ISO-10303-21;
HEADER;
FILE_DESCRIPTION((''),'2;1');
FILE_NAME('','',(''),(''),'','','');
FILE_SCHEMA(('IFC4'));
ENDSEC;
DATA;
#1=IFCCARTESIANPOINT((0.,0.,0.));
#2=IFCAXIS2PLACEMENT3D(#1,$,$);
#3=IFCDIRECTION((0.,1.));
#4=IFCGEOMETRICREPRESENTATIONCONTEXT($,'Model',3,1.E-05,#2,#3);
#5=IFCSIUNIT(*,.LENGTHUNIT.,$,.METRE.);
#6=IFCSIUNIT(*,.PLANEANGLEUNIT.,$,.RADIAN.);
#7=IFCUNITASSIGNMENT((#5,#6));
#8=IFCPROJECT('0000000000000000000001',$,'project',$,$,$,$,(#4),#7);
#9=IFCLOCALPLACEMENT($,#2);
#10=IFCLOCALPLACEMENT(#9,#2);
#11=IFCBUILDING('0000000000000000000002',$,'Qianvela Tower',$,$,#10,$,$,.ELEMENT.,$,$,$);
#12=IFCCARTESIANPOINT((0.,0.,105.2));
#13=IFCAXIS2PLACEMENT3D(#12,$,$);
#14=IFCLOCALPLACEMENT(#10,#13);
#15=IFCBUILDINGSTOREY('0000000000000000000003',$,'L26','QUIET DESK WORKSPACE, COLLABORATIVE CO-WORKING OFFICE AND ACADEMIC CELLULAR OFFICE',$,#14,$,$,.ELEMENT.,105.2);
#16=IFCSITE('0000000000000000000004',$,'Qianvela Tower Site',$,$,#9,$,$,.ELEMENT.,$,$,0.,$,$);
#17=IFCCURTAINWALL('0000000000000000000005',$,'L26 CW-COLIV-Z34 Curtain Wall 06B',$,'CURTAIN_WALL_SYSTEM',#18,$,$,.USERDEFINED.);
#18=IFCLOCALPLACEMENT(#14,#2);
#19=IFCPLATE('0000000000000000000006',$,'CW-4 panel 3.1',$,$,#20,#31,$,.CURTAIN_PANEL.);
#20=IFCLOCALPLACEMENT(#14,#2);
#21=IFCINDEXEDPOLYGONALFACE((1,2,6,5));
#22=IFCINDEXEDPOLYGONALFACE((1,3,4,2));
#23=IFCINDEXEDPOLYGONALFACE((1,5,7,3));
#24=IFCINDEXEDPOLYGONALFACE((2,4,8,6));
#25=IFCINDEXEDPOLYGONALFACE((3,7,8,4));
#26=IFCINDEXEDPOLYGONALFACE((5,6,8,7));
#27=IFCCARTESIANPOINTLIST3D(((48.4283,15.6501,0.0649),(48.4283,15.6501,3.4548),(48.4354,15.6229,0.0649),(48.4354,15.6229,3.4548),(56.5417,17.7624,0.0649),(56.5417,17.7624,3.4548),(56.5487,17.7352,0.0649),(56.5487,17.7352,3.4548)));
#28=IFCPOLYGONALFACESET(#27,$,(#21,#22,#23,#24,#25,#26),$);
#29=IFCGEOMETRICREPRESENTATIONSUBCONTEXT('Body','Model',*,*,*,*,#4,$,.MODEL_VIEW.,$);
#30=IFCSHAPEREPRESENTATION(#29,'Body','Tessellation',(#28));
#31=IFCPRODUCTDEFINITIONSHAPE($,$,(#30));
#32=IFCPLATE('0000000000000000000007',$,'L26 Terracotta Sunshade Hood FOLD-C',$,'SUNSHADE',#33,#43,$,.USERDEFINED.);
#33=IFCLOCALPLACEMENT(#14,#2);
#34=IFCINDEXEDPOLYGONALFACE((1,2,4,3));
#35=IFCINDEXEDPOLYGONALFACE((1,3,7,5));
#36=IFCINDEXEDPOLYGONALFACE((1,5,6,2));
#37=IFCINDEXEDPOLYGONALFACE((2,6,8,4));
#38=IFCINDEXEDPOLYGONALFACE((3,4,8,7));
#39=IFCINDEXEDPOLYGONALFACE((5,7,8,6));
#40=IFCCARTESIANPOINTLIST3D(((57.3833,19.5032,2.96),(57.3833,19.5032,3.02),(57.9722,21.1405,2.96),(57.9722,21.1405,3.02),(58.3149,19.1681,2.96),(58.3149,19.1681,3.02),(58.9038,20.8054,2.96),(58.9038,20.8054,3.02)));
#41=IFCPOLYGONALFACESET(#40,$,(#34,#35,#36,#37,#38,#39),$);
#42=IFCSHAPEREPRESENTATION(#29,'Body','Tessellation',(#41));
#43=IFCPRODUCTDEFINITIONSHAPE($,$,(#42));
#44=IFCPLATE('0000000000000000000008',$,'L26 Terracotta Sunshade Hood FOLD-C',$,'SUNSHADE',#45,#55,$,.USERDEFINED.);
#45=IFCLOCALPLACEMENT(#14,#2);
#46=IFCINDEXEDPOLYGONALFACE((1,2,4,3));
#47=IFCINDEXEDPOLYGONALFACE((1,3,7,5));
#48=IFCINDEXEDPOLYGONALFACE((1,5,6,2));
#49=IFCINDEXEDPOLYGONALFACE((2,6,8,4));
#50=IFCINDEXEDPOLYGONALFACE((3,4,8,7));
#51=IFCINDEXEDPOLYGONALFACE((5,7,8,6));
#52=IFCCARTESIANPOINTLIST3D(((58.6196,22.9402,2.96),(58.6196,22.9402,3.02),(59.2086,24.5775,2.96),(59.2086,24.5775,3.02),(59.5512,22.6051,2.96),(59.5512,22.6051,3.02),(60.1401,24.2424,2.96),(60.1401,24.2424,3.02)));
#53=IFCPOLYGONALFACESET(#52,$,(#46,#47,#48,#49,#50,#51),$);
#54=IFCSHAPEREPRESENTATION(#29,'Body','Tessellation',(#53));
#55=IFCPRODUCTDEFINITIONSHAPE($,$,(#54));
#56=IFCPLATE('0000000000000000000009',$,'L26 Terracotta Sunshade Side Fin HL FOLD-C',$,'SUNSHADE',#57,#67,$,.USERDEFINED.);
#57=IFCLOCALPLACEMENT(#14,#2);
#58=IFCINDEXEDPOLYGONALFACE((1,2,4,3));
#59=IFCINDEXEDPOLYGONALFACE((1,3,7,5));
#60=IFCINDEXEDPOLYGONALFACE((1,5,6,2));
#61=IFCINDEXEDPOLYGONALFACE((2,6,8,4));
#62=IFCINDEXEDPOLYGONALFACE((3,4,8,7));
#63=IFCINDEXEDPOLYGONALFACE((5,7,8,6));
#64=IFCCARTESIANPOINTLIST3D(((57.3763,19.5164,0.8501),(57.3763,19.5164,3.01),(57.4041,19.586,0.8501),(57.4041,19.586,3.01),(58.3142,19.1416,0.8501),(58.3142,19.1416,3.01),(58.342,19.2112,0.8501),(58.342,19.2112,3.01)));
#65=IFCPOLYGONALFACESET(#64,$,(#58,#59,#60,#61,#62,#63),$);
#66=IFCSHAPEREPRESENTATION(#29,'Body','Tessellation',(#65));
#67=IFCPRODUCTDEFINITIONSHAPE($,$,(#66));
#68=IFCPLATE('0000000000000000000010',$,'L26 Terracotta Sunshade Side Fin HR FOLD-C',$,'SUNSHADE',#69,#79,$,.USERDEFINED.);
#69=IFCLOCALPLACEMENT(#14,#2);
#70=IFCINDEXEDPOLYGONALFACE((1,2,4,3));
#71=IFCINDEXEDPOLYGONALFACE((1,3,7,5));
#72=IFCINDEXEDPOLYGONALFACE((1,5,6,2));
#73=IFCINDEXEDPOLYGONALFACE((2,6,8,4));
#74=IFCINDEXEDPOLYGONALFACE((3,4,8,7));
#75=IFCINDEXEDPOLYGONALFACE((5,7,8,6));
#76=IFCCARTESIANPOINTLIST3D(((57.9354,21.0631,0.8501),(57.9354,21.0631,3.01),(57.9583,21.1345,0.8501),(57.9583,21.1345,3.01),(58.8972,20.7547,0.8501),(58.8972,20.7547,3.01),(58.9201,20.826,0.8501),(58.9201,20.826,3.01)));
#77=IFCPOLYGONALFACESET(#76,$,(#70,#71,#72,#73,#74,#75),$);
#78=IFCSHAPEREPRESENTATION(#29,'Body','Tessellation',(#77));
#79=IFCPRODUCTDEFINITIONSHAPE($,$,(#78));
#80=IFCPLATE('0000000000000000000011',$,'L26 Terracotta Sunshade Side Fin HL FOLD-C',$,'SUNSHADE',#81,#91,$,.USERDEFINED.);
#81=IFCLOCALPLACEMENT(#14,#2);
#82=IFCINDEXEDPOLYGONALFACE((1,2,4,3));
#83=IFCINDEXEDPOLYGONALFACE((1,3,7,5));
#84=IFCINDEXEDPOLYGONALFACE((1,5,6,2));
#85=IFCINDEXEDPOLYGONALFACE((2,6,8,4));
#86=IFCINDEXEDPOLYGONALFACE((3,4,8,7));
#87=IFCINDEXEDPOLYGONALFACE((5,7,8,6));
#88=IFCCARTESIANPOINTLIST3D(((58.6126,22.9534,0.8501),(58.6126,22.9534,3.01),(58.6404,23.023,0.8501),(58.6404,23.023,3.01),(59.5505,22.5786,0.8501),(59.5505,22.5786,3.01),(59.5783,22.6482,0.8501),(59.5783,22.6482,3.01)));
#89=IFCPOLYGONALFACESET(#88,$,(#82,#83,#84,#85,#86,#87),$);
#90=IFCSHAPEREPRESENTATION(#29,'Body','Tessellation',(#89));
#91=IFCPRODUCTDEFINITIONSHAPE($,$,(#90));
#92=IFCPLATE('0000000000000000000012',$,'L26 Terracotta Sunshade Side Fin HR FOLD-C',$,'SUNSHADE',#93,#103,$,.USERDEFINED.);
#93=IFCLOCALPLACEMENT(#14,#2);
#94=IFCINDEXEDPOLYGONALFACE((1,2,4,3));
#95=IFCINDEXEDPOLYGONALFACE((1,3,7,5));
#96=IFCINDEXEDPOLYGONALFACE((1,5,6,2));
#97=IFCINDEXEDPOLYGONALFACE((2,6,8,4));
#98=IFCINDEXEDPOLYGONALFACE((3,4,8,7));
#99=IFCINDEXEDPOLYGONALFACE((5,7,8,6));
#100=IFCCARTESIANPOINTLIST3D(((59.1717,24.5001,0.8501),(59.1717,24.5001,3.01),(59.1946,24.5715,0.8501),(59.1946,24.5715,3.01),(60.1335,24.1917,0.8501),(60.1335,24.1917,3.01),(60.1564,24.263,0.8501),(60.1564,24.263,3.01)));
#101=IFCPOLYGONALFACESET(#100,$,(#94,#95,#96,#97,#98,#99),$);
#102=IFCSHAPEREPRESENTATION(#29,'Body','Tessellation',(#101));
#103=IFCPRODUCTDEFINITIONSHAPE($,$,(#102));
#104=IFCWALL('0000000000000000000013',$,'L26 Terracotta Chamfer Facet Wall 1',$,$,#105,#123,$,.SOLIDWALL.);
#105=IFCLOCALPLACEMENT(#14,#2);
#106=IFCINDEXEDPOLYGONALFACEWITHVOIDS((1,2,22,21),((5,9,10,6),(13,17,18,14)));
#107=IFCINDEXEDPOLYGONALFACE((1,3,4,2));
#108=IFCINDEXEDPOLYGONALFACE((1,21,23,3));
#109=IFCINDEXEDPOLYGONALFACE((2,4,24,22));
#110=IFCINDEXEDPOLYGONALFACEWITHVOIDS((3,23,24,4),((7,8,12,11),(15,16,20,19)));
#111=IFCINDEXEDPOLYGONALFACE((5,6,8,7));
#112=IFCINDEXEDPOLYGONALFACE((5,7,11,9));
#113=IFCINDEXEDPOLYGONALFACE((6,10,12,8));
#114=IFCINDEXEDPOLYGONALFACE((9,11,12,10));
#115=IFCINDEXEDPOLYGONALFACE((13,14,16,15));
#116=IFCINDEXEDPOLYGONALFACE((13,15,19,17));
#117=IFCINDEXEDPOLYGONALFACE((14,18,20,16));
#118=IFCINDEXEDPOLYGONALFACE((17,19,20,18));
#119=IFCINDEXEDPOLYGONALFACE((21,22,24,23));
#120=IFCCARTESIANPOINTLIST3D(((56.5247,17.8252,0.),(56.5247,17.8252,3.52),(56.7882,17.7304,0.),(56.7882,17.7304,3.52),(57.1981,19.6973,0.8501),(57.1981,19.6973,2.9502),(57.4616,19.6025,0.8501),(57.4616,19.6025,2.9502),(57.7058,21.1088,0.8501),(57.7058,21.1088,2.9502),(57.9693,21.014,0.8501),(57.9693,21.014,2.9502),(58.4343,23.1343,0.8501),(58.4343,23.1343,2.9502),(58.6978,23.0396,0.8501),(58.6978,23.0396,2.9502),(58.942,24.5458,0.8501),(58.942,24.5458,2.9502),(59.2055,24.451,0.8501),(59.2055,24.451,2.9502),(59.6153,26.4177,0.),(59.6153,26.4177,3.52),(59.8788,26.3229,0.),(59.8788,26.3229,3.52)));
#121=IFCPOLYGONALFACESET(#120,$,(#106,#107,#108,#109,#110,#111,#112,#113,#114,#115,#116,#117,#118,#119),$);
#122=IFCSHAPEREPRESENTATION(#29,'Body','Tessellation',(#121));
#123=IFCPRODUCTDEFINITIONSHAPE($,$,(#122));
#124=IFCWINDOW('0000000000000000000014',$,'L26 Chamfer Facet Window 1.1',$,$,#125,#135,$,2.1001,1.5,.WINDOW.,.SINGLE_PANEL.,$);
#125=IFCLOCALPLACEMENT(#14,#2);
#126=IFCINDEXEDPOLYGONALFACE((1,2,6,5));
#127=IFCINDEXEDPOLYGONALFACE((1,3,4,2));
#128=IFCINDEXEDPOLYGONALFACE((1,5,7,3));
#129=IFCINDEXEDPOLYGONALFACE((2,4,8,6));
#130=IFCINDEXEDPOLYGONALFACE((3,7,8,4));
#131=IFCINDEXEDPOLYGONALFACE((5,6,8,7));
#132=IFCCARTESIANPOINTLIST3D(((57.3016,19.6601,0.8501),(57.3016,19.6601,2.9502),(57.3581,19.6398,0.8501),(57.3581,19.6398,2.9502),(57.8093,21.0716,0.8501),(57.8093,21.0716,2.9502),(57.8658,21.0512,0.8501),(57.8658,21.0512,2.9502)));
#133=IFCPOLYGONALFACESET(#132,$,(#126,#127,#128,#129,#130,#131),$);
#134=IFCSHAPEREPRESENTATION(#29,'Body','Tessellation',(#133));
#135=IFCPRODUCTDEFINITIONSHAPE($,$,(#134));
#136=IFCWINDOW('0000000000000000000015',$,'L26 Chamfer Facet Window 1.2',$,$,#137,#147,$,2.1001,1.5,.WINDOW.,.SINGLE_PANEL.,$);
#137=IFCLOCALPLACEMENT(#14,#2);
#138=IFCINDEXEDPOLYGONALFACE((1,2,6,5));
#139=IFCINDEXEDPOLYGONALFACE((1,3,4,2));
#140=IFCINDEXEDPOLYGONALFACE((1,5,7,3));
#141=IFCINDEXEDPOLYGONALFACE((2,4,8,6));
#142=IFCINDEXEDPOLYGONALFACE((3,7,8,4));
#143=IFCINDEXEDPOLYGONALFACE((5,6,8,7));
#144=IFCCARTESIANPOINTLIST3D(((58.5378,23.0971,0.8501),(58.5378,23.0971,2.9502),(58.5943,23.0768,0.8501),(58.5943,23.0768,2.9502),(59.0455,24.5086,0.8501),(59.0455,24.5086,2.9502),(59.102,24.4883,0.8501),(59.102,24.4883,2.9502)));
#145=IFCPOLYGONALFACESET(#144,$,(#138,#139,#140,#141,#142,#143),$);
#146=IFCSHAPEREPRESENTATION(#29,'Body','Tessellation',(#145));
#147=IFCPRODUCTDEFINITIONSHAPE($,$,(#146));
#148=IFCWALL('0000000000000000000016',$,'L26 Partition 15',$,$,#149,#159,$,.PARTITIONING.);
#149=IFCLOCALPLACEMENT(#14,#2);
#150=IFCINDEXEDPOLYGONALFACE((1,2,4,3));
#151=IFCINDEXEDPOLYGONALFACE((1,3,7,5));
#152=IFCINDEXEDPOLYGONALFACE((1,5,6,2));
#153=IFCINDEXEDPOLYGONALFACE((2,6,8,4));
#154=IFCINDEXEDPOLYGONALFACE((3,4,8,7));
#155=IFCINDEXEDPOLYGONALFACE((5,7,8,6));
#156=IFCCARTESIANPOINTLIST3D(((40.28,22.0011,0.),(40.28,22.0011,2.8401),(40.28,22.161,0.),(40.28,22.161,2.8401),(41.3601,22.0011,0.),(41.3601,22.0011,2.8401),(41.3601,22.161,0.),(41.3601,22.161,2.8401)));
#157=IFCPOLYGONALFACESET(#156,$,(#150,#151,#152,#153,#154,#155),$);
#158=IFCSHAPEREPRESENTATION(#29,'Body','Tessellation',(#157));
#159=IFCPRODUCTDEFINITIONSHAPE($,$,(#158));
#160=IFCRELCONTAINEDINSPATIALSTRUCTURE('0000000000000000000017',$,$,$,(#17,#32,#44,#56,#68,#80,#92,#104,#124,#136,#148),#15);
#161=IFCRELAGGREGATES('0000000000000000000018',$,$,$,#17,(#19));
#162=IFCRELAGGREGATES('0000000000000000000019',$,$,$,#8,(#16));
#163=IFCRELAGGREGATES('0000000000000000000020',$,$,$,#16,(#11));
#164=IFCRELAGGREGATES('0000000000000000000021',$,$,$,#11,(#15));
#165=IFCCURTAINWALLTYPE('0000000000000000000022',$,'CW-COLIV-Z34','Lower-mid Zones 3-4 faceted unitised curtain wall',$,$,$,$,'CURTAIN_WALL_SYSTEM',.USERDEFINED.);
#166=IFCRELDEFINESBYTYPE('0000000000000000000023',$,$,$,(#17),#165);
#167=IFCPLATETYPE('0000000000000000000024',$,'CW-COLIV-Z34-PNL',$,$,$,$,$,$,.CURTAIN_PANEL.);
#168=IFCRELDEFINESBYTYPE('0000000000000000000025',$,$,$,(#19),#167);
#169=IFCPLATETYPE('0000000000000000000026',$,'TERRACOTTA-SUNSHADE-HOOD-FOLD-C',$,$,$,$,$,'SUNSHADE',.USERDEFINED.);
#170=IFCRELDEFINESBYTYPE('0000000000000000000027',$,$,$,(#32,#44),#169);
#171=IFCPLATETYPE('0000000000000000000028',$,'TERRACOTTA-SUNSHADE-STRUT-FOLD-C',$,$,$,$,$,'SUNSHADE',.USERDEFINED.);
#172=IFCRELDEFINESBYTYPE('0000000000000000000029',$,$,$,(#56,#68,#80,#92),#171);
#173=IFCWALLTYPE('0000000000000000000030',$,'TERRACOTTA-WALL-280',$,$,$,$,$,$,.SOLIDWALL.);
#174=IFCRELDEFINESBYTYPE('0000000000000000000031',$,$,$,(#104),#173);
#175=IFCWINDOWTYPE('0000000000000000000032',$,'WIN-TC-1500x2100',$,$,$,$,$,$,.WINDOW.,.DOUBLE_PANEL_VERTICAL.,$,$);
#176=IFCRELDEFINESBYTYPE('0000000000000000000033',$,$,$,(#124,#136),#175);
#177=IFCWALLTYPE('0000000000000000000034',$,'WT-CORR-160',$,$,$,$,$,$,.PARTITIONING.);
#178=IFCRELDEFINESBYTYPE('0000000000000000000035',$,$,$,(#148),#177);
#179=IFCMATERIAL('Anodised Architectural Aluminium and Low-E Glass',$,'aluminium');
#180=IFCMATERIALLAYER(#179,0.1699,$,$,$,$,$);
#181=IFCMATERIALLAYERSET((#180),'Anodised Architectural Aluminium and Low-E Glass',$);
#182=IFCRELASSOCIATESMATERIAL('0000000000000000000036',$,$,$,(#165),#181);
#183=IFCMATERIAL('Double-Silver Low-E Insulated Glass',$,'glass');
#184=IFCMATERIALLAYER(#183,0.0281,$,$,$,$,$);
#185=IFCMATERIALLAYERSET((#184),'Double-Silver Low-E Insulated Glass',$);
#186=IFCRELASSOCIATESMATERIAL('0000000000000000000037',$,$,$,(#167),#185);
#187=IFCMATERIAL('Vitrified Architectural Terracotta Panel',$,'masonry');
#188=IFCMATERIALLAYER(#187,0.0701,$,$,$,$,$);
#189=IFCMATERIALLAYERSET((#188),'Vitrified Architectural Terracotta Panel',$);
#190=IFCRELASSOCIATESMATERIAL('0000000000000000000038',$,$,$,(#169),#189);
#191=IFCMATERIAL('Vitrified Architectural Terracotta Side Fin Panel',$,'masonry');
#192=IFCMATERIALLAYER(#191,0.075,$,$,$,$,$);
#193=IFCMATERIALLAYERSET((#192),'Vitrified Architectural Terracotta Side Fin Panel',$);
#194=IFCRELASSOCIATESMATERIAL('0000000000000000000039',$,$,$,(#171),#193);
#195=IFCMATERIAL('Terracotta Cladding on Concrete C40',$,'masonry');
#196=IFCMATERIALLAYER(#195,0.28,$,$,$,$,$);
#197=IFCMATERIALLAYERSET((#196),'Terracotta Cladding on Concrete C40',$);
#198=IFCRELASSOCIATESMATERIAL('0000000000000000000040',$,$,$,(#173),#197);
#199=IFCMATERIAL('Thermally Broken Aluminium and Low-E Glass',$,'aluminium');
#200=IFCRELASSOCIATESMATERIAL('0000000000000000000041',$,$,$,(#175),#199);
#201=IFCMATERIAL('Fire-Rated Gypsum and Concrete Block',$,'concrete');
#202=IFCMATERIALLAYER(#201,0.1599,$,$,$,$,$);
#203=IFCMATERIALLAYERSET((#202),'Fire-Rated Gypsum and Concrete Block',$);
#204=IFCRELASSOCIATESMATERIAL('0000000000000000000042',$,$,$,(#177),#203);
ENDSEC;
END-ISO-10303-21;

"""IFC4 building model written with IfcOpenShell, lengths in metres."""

from ifc_helpers import new_model, si_unit, direction, frame, frame_2d, origin, origin_2d, place, context, subcontext, project, spatial, rectangle, extrude, material, layer, layer_set, type_object, element, fill, aggregate, save


model = new_model("IFC4")

# Units and contexts
model_context = context("Model", 3, precision=1e-05, world=origin(), true_north=direction((0.0, 1.0)))
body_context = subcontext(model_context, "Body", "Model", "MODEL_VIEW")
ifc_project = project(units=[si_unit("LENGTHUNIT", "METRE"), si_unit("PLANEANGLEUNIT", "RADIAN")], contexts=[model_context])

# Site, building, storey
site_placement = place(None, origin())
site = spatial("IfcSite", under=ifc_project, at=site_placement, Name="Qianvela Tower Site", CompositionType="ELEMENT", RefElevation=0.0)
building_placement = place(site_placement, origin())
building = spatial("IfcBuilding", under=site, at=building_placement, Name="Qianvela Tower", CompositionType="ELEMENT")
storey_placement = place(building_placement, frame((0.0, 0.0, 105.2)))
storey = spatial("IfcBuildingStorey", under=building, at=storey_placement, Name="L26", Description="QUIET DESK WORKSPACE, COLLABORATIVE CO-WORKING OFFICE AND ACADEMIC CELLULAR OFFICE", CompositionType="ELEMENT", Elevation=105.2)

# Shared definitions
ifc_material_1 = material(Name="Anodised Architectural Aluminium and Low-E Glass", Category="aluminium")
ifc_layer_1 = layer(ifc_material_1, 0.1699)
ifc_layer_set_1 = layer_set([ifc_layer_1], Name="Anodised Architectural Aluminium and Low-E Glass")
curtain_wall_type = type_object("IfcCurtainWallType", Name="CW-COLIV-Z34", Description="Lower-mid Zones 3-4 faceted unitised curtain wall", ElementType="CURTAIN_WALL_SYSTEM", PredefinedType="USERDEFINED", material=ifc_layer_set_1)

# Curtain wall
curtain_wall_1_placement = place(storey_placement, origin())
curtain_wall_1 = element("IfcCurtainWall", 1, at=curtain_wall_1_placement, inside=storey, type_object=curtain_wall_type, Name="L26 CW-COLIV-Z34 Curtain Wall 06B", ObjectType="CURTAIN_WALL_SYSTEM", PredefinedType="USERDEFINED")

# Plate
ifc_material_2 = material(Name="Double-Silver Low-E Insulated Glass", Category="glass")
ifc_layer_2 = layer(ifc_material_2, 0.0281)
ifc_layer_set_2 = layer_set([ifc_layer_2], Name="Double-Silver Low-E Insulated Glass")
plate_type_1 = type_object("IfcPlateType", Name="CW-COLIV-Z34-PNL", PredefinedType="CURTAIN_PANEL", material=ifc_layer_set_2)
plate_1_placement = place(storey_placement, frame((52.4885, 16.6926, 0.0649), z_axis=(0.0, 0.0, 1.0), x_axis=(0.96774, 0.25195, 0.0)))
plate_1 = element("IfcPlate", 2, at=plate_1_placement, type_object=plate_type_1, Name="CW-4 panel 3.1", PredefinedType="CURTAIN_PANEL", context=body_context, shape_type="SweptSolid", body=[
    extrude(rectangle(XDim=8.3838, YDim=0.0281, at=origin_2d()), origin(), (0.0, 0.0, 1.0), 3.3899),
])
aggregate(curtain_wall_1, [plate_1])

# Plates
ifc_material_3 = material(Name="Vitrified Architectural Terracotta Panel", Category="masonry")
ifc_layer_3 = layer(ifc_material_3, 0.0701)
ifc_layer_set_3 = layer_set([ifc_layer_3], Name="Vitrified Architectural Terracotta Panel")
plate_type_2 = type_object("IfcPlateType", Name="TERRACOTTA-SUNSHADE-HOOD-FOLD-C", ElementType="SUNSHADE", PredefinedType="USERDEFINED", material=ifc_layer_set_3)
for number, where, z_axis, x_axis, name in (
    (3, (58.1436, 20.1543, 2.96), (0.0, 0.0, 1.0), (0.338464, 0.940979, 0.0), "L26 Terracotta Sunshade Hood FOLD-C"),
    (4, (59.3799, 23.5913, 2.96), (0.0, 0.0, 1.0), (0.338464, 0.940979, 0.0), "L26 Terracotta Sunshade Hood FOLD-C"),
):
    element("IfcPlate", number, at=place(storey_placement, frame(where, z_axis=z_axis, x_axis=x_axis)), inside=storey, type_object=plate_type_2, Name=name, ObjectType="SUNSHADE", PredefinedType="USERDEFINED", context=body_context, shape_type="SweptSolid", body=[
        extrude(rectangle(XDim=1.74, YDim=0.99, at=origin_2d()), origin(), (0.0, 0.0, 1.0), 0.0601),
    ])
ifc_material_4 = material(Name="Vitrified Architectural Terracotta Side Fin Panel", Category="masonry")
ifc_layer_4 = layer(ifc_material_4, 0.075)
ifc_layer_set_4 = layer_set([ifc_layer_4], Name="Vitrified Architectural Terracotta Side Fin Panel")
plate_type_3 = type_object("IfcPlateType", Name="TERRACOTTA-SUNSHADE-STRUT-FOLD-C", ElementType="SUNSHADE", PredefinedType="USERDEFINED", material=ifc_layer_set_4)
for number, where, z_axis, x_axis, name in (
    (5, (57.8591, 19.3638, 0.8501), (0.0, 0.0, 1.0), (0.371097, 0.928594, 0.0), "L26 Terracotta Sunshade Side Fin HL FOLD-C"),
    (6, (58.4277, 20.9446, 0.8501), (0.0, 0.0, 1.0), (0.305418, 0.952218, 0.0), "L26 Terracotta Sunshade Side Fin HR FOLD-C"),
    (7, (59.0955, 22.8008, 0.8501), (0.0, 0.0, 1.0), (0.371097, 0.928594, 0.0), "L26 Terracotta Sunshade Side Fin HL FOLD-C"),
    (8, (59.6641, 24.3816, 0.8501), (0.0, 0.0, 1.0), (0.305418, 0.952218, 0.0), "L26 Terracotta Sunshade Side Fin HR FOLD-C"),
):
    element("IfcPlate", number, at=place(storey_placement, frame(where, z_axis=z_axis, x_axis=x_axis)), inside=storey, type_object=plate_type_3, Name=name, ObjectType="SUNSHADE", PredefinedType="USERDEFINED", context=body_context, shape_type="SweptSolid", body=[
        extrude(rectangle(XDim=0.075, YDim=1.01, at=origin_2d()), origin(), (0.0, 0.0, 1.0), 2.1599),
    ])

# Wall, openings, windows
ifc_material_5 = material(Name="Terracotta Cladding on Concrete C40", Category="masonry")
ifc_layer_5 = layer(ifc_material_5, 0.28)
ifc_layer_set_5 = layer_set([ifc_layer_5], Name="Terracotta Cladding on Concrete C40")
wall_type_1 = type_object("IfcWallType", Name="TERRACOTTA-WALL-280", PredefinedType="SOLIDWALL", material=ifc_layer_set_5)
wall_1_placement = place(storey_placement, frame((56.6565, 17.7778, 0.0), z_axis=(0.0, 0.0, 1.0), x_axis=(0.338454, 0.940983, 0.0)))
wall_1 = element("IfcWall", 9, at=wall_1_placement, inside=storey, type_object=wall_type_1, Name="L26 Terracotta Chamfer Facet Wall 1", PredefinedType="SOLIDWALL", context=body_context, shape_type="SweptSolid", body=[
    extrude(rectangle(XDim=9.1313, YDim=0.28, at=frame_2d((4.5657, 0.0))), origin(), (0.0, 0.0, 1.0), 3.52),
])
opening_1_placement = place(wall_1_placement, frame((1.9895, 0.0, 0.8501)))
opening_1 = element("IfcOpeningElement", 10, at=opening_1_placement, cuts=wall_1, PredefinedType="OPENING", context=body_context, shape_type="SweptSolid", body=[
    extrude(rectangle(XDim=1.5, YDim=2.1001, at=frame_2d((0.75, 1.05))), frame((0.0, 0.1499, 0.0), z_axis=(0.0, -1.0, 0.0), x_axis=(1.0, 0.0, 0.0)), (0.0, 0.0, 1.0), 0.3),
])
opening_2_placement = place(wall_1_placement, frame((5.6421, 0.0, 0.8501)))
opening_2 = element("IfcOpeningElement", 11, at=opening_2_placement, cuts=wall_1, PredefinedType="OPENING", context=body_context, shape_type="SweptSolid", body=[
    extrude(rectangle(XDim=1.5, YDim=2.1001, at=frame_2d((0.75, 1.05))), frame((0.0, 0.1499, 0.0), z_axis=(0.0, -1.0, 0.0), x_axis=(1.0, 0.0, 0.0)), (0.0, 0.0, 1.0), 0.3),
])
ifc_material_6 = material(Name="Thermally Broken Aluminium and Low-E Glass", Category="aluminium")
window_type = type_object("IfcWindowType", Name="WIN-TC-1500x2100", PartitioningType="DOUBLE_PANEL_VERTICAL", PredefinedType="WINDOW", material=ifc_material_6)
window_1_placement = place(opening_1_placement, origin())
window_1 = element("IfcWindow", 12, at=window_1_placement, inside=storey, type_object=window_type, Name="L26 Chamfer Facet Window 1.1", OverallHeight=2.1001, OverallWidth=1.5, PartitioningType="SINGLE_PANEL", PredefinedType="WINDOW", context=body_context, shape_type="SweptSolid", body=[
    extrude(rectangle(XDim=1.5, YDim=2.1001, at=frame_2d((0.75, 1.05))), frame((0.0, 0.03, 0.0), z_axis=(0.0, -1.0, 0.0), x_axis=(1.0, 0.0, 0.0)), (0.0, 0.0, 1.0), 0.0601),
])
fill(opening_1, window_1)
window_2_placement = place(opening_2_placement, origin())
window_2 = element("IfcWindow", 13, at=window_2_placement, inside=storey, type_object=window_type, Name="L26 Chamfer Facet Window 1.2", OverallHeight=2.1001, OverallWidth=1.5, PartitioningType="SINGLE_PANEL", PredefinedType="WINDOW", context=body_context, shape_type="SweptSolid", body=[
    extrude(rectangle(XDim=1.5, YDim=2.1001, at=frame_2d((0.75, 1.05))), frame((0.0, 0.03, 0.0), z_axis=(0.0, -1.0, 0.0), x_axis=(1.0, 0.0, 0.0)), (0.0, 0.0, 1.0), 0.0601),
])
fill(opening_2, window_2)

# Wall
ifc_material_7 = material(Name="Fire-Rated Gypsum and Concrete Block", Category="concrete")
ifc_layer_6 = layer(ifc_material_7, 0.1599)
ifc_layer_set_6 = layer_set([ifc_layer_6], Name="Fire-Rated Gypsum and Concrete Block")
wall_type_2 = type_object("IfcWallType", Name="WT-CORR-160", PredefinedType="PARTITIONING", material=ifc_layer_set_6)
wall_2_placement = place(storey_placement, frame((41.3601, 22.0811, 0.0), z_axis=(0.0, 0.0, 1.0), x_axis=(-1.0, 0.0, 0.0)))
element("IfcWall", 14, at=wall_2_placement, inside=storey, type_object=wall_type_2, Name="L26 Partition 15", PredefinedType="PARTITIONING", context=body_context, shape_type="SweptSolid", body=[
    extrude(rectangle(XDim=1.0801, YDim=0.1599, at=frame_2d((0.54, 0.0))), origin(), (0.0, 0.0, 1.0), 2.8401),
])

save(model, "model.ifc")
